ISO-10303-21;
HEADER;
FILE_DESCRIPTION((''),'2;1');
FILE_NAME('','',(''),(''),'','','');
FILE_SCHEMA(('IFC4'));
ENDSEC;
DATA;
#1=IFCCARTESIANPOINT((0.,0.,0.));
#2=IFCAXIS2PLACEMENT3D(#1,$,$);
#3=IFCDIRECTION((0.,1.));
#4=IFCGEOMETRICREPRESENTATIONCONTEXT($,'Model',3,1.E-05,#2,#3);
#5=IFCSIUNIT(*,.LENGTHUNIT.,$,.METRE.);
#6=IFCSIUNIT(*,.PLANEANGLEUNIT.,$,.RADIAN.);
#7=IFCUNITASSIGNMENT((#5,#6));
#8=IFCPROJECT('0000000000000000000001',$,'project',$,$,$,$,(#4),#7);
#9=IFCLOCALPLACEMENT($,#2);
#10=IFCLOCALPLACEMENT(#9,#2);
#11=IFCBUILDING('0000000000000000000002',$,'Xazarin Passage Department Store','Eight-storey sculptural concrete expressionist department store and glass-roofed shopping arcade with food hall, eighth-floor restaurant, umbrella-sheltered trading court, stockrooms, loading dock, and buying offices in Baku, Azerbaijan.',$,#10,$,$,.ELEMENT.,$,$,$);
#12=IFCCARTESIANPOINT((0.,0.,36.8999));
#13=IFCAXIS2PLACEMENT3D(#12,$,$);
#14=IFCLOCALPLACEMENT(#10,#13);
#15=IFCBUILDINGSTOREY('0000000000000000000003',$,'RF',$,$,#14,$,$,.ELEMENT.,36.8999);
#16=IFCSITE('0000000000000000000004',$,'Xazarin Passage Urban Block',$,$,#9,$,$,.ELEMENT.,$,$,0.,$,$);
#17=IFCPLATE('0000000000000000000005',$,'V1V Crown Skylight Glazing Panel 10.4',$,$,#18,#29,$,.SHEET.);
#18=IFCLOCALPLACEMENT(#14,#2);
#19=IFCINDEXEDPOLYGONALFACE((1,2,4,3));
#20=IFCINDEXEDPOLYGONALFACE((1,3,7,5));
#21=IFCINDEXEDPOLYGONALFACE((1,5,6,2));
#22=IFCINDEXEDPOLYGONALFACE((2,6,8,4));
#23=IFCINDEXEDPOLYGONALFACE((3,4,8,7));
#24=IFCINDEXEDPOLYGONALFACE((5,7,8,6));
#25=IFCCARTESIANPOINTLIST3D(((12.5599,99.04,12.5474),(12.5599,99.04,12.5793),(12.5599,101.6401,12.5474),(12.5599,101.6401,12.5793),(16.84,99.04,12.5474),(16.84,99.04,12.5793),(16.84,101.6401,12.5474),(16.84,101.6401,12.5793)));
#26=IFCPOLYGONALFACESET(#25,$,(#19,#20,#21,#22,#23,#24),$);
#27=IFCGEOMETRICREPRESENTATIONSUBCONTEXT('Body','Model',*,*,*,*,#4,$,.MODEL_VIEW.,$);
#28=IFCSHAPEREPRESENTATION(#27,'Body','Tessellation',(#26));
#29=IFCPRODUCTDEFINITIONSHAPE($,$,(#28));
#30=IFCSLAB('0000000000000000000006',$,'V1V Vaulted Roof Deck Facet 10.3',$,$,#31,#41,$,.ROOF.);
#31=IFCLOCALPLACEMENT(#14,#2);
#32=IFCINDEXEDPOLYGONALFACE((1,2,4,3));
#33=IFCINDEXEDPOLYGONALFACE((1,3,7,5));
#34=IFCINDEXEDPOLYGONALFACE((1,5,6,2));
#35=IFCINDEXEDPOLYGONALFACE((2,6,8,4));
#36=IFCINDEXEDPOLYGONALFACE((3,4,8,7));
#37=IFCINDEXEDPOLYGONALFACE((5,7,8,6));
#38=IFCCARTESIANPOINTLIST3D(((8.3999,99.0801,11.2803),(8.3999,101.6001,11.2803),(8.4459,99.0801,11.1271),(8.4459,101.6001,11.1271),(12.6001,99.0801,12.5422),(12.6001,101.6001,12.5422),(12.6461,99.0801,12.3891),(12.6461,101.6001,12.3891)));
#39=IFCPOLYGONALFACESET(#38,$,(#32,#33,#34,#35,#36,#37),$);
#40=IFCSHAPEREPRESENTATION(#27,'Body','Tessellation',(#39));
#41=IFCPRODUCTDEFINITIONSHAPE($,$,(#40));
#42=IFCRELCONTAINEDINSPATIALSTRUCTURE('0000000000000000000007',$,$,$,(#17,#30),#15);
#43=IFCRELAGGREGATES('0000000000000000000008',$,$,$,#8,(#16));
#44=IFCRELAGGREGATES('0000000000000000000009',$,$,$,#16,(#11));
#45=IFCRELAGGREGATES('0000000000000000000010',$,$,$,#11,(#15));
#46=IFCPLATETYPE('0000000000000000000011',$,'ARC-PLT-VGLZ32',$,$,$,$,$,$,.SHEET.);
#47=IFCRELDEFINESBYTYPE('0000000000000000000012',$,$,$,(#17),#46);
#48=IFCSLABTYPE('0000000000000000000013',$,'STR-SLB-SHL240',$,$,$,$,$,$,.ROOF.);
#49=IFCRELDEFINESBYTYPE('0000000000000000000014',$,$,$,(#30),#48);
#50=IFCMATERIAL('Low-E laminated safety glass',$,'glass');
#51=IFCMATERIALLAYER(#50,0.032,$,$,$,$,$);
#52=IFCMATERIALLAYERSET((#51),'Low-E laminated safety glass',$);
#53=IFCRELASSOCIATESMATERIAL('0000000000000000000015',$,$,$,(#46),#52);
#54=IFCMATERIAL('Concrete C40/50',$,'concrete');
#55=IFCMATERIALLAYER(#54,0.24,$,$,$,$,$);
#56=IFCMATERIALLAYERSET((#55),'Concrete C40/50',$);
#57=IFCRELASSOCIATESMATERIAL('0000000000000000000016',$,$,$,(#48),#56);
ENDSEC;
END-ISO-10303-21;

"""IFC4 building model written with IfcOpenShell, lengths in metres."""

from ifc_helpers import new_model, si_unit, direction, frame, origin, origin_2d, place, context, subcontext, project, spatial, polyline, rectangle, outline, extrude, material, layer, layer_set, type_object, element, save


model = new_model("IFC4")

# Units and contexts
model_context = context("Model", 3, precision=1e-05, world=origin(), true_north=direction((0.0, 1.0)))
body_context = subcontext(model_context, "Body", "Model", "MODEL_VIEW")
ifc_project = project(units=[si_unit("LENGTHUNIT", "METRE"), si_unit("PLANEANGLEUNIT", "RADIAN")], contexts=[model_context])

# Site, building, storey
site_placement = place(None, origin())
site = spatial("IfcSite", under=ifc_project, at=site_placement, Name="Xazarin Passage Urban Block", CompositionType="ELEMENT", RefElevation=0.0)
building_placement = place(site_placement, origin())
building = spatial("IfcBuilding", under=site, at=building_placement, Name="Xazarin Passage Department Store", Description="Eight-storey sculptural concrete expressionist department store and glass-roofed shopping arcade with food hall, eighth-floor restaurant, umbrella-sheltered trading court, stockrooms, loading dock, and buying offices in Baku, Azerbaijan.", CompositionType="ELEMENT")
storey_placement = place(building_placement, frame((0.0, 0.0, 36.8999)))
storey = spatial("IfcBuildingStorey", under=building, at=storey_placement, Name="RF", CompositionType="ELEMENT", Elevation=36.8999)

# Shared definitions
ifc_material_1 = material(Name="Low-E laminated safety glass", Category="glass")

# Plate
ifc_layer_1 = layer(ifc_material_1, 0.032)
ifc_layer_set_1 = layer_set([ifc_layer_1], Name="Low-E laminated safety glass")
plate_type_1 = type_object("IfcPlateType", Name="ARC-PLT-VGLZ32", PredefinedType="SHEET", material=ifc_layer_set_1)
plate_1_placement = place(storey_placement, frame((14.7, 100.3401, 12.5474), z_axis=(0.0, 0.0, 1.0), x_axis=(1.0, 0.0, 0.0)))
element("IfcPlate", 1, at=plate_1_placement, inside=storey, type_object=plate_type_1, Name="V1V Crown Skylight Glazing Panel 10.4", PredefinedType="SHEET", context=body_context, shape_type="SweptSolid", body=[
    extrude(rectangle(XDim=4.28, YDim=2.6001, at=origin_2d()), origin(), (0.0, 0.0, 1.0), 0.032),
])

# Slab
ifc_material_2 = material(Name="Concrete C40/50", Category="concrete")
ifc_layer_2 = layer(ifc_material_2, 0.24)
ifc_layer_set_2 = layer_set([ifc_layer_2], Name="Concrete C40/50")
slab_type = type_object("IfcSlabType", Name="STR-SLB-SHL240", PredefinedType="ROOF", material=ifc_layer_set_2)
slab_placement = place(storey_placement, frame((8.3999, 99.0801, 11.2803), z_axis=(-0.287746, 0.0, 0.957707), x_axis=(0.957707, 0.0, 0.287746)))
element("IfcSlab", 2, at=slab_placement, inside=storey, type_object=slab_type, Name="V1V Vaulted Roof Deck Facet 10.3", PredefinedType="ROOF", context=body_context, shape_type="SweptSolid", body=[
    extrude(outline(polyline([(0.0, 0.0), (4.3857, 0.0), (4.3857, 2.52), (0.0, 2.52), (0.0, 0.0)])), origin(), (0.0, 0.0, -1.0), 0.1599),
])

save(model, "model.ifc")
